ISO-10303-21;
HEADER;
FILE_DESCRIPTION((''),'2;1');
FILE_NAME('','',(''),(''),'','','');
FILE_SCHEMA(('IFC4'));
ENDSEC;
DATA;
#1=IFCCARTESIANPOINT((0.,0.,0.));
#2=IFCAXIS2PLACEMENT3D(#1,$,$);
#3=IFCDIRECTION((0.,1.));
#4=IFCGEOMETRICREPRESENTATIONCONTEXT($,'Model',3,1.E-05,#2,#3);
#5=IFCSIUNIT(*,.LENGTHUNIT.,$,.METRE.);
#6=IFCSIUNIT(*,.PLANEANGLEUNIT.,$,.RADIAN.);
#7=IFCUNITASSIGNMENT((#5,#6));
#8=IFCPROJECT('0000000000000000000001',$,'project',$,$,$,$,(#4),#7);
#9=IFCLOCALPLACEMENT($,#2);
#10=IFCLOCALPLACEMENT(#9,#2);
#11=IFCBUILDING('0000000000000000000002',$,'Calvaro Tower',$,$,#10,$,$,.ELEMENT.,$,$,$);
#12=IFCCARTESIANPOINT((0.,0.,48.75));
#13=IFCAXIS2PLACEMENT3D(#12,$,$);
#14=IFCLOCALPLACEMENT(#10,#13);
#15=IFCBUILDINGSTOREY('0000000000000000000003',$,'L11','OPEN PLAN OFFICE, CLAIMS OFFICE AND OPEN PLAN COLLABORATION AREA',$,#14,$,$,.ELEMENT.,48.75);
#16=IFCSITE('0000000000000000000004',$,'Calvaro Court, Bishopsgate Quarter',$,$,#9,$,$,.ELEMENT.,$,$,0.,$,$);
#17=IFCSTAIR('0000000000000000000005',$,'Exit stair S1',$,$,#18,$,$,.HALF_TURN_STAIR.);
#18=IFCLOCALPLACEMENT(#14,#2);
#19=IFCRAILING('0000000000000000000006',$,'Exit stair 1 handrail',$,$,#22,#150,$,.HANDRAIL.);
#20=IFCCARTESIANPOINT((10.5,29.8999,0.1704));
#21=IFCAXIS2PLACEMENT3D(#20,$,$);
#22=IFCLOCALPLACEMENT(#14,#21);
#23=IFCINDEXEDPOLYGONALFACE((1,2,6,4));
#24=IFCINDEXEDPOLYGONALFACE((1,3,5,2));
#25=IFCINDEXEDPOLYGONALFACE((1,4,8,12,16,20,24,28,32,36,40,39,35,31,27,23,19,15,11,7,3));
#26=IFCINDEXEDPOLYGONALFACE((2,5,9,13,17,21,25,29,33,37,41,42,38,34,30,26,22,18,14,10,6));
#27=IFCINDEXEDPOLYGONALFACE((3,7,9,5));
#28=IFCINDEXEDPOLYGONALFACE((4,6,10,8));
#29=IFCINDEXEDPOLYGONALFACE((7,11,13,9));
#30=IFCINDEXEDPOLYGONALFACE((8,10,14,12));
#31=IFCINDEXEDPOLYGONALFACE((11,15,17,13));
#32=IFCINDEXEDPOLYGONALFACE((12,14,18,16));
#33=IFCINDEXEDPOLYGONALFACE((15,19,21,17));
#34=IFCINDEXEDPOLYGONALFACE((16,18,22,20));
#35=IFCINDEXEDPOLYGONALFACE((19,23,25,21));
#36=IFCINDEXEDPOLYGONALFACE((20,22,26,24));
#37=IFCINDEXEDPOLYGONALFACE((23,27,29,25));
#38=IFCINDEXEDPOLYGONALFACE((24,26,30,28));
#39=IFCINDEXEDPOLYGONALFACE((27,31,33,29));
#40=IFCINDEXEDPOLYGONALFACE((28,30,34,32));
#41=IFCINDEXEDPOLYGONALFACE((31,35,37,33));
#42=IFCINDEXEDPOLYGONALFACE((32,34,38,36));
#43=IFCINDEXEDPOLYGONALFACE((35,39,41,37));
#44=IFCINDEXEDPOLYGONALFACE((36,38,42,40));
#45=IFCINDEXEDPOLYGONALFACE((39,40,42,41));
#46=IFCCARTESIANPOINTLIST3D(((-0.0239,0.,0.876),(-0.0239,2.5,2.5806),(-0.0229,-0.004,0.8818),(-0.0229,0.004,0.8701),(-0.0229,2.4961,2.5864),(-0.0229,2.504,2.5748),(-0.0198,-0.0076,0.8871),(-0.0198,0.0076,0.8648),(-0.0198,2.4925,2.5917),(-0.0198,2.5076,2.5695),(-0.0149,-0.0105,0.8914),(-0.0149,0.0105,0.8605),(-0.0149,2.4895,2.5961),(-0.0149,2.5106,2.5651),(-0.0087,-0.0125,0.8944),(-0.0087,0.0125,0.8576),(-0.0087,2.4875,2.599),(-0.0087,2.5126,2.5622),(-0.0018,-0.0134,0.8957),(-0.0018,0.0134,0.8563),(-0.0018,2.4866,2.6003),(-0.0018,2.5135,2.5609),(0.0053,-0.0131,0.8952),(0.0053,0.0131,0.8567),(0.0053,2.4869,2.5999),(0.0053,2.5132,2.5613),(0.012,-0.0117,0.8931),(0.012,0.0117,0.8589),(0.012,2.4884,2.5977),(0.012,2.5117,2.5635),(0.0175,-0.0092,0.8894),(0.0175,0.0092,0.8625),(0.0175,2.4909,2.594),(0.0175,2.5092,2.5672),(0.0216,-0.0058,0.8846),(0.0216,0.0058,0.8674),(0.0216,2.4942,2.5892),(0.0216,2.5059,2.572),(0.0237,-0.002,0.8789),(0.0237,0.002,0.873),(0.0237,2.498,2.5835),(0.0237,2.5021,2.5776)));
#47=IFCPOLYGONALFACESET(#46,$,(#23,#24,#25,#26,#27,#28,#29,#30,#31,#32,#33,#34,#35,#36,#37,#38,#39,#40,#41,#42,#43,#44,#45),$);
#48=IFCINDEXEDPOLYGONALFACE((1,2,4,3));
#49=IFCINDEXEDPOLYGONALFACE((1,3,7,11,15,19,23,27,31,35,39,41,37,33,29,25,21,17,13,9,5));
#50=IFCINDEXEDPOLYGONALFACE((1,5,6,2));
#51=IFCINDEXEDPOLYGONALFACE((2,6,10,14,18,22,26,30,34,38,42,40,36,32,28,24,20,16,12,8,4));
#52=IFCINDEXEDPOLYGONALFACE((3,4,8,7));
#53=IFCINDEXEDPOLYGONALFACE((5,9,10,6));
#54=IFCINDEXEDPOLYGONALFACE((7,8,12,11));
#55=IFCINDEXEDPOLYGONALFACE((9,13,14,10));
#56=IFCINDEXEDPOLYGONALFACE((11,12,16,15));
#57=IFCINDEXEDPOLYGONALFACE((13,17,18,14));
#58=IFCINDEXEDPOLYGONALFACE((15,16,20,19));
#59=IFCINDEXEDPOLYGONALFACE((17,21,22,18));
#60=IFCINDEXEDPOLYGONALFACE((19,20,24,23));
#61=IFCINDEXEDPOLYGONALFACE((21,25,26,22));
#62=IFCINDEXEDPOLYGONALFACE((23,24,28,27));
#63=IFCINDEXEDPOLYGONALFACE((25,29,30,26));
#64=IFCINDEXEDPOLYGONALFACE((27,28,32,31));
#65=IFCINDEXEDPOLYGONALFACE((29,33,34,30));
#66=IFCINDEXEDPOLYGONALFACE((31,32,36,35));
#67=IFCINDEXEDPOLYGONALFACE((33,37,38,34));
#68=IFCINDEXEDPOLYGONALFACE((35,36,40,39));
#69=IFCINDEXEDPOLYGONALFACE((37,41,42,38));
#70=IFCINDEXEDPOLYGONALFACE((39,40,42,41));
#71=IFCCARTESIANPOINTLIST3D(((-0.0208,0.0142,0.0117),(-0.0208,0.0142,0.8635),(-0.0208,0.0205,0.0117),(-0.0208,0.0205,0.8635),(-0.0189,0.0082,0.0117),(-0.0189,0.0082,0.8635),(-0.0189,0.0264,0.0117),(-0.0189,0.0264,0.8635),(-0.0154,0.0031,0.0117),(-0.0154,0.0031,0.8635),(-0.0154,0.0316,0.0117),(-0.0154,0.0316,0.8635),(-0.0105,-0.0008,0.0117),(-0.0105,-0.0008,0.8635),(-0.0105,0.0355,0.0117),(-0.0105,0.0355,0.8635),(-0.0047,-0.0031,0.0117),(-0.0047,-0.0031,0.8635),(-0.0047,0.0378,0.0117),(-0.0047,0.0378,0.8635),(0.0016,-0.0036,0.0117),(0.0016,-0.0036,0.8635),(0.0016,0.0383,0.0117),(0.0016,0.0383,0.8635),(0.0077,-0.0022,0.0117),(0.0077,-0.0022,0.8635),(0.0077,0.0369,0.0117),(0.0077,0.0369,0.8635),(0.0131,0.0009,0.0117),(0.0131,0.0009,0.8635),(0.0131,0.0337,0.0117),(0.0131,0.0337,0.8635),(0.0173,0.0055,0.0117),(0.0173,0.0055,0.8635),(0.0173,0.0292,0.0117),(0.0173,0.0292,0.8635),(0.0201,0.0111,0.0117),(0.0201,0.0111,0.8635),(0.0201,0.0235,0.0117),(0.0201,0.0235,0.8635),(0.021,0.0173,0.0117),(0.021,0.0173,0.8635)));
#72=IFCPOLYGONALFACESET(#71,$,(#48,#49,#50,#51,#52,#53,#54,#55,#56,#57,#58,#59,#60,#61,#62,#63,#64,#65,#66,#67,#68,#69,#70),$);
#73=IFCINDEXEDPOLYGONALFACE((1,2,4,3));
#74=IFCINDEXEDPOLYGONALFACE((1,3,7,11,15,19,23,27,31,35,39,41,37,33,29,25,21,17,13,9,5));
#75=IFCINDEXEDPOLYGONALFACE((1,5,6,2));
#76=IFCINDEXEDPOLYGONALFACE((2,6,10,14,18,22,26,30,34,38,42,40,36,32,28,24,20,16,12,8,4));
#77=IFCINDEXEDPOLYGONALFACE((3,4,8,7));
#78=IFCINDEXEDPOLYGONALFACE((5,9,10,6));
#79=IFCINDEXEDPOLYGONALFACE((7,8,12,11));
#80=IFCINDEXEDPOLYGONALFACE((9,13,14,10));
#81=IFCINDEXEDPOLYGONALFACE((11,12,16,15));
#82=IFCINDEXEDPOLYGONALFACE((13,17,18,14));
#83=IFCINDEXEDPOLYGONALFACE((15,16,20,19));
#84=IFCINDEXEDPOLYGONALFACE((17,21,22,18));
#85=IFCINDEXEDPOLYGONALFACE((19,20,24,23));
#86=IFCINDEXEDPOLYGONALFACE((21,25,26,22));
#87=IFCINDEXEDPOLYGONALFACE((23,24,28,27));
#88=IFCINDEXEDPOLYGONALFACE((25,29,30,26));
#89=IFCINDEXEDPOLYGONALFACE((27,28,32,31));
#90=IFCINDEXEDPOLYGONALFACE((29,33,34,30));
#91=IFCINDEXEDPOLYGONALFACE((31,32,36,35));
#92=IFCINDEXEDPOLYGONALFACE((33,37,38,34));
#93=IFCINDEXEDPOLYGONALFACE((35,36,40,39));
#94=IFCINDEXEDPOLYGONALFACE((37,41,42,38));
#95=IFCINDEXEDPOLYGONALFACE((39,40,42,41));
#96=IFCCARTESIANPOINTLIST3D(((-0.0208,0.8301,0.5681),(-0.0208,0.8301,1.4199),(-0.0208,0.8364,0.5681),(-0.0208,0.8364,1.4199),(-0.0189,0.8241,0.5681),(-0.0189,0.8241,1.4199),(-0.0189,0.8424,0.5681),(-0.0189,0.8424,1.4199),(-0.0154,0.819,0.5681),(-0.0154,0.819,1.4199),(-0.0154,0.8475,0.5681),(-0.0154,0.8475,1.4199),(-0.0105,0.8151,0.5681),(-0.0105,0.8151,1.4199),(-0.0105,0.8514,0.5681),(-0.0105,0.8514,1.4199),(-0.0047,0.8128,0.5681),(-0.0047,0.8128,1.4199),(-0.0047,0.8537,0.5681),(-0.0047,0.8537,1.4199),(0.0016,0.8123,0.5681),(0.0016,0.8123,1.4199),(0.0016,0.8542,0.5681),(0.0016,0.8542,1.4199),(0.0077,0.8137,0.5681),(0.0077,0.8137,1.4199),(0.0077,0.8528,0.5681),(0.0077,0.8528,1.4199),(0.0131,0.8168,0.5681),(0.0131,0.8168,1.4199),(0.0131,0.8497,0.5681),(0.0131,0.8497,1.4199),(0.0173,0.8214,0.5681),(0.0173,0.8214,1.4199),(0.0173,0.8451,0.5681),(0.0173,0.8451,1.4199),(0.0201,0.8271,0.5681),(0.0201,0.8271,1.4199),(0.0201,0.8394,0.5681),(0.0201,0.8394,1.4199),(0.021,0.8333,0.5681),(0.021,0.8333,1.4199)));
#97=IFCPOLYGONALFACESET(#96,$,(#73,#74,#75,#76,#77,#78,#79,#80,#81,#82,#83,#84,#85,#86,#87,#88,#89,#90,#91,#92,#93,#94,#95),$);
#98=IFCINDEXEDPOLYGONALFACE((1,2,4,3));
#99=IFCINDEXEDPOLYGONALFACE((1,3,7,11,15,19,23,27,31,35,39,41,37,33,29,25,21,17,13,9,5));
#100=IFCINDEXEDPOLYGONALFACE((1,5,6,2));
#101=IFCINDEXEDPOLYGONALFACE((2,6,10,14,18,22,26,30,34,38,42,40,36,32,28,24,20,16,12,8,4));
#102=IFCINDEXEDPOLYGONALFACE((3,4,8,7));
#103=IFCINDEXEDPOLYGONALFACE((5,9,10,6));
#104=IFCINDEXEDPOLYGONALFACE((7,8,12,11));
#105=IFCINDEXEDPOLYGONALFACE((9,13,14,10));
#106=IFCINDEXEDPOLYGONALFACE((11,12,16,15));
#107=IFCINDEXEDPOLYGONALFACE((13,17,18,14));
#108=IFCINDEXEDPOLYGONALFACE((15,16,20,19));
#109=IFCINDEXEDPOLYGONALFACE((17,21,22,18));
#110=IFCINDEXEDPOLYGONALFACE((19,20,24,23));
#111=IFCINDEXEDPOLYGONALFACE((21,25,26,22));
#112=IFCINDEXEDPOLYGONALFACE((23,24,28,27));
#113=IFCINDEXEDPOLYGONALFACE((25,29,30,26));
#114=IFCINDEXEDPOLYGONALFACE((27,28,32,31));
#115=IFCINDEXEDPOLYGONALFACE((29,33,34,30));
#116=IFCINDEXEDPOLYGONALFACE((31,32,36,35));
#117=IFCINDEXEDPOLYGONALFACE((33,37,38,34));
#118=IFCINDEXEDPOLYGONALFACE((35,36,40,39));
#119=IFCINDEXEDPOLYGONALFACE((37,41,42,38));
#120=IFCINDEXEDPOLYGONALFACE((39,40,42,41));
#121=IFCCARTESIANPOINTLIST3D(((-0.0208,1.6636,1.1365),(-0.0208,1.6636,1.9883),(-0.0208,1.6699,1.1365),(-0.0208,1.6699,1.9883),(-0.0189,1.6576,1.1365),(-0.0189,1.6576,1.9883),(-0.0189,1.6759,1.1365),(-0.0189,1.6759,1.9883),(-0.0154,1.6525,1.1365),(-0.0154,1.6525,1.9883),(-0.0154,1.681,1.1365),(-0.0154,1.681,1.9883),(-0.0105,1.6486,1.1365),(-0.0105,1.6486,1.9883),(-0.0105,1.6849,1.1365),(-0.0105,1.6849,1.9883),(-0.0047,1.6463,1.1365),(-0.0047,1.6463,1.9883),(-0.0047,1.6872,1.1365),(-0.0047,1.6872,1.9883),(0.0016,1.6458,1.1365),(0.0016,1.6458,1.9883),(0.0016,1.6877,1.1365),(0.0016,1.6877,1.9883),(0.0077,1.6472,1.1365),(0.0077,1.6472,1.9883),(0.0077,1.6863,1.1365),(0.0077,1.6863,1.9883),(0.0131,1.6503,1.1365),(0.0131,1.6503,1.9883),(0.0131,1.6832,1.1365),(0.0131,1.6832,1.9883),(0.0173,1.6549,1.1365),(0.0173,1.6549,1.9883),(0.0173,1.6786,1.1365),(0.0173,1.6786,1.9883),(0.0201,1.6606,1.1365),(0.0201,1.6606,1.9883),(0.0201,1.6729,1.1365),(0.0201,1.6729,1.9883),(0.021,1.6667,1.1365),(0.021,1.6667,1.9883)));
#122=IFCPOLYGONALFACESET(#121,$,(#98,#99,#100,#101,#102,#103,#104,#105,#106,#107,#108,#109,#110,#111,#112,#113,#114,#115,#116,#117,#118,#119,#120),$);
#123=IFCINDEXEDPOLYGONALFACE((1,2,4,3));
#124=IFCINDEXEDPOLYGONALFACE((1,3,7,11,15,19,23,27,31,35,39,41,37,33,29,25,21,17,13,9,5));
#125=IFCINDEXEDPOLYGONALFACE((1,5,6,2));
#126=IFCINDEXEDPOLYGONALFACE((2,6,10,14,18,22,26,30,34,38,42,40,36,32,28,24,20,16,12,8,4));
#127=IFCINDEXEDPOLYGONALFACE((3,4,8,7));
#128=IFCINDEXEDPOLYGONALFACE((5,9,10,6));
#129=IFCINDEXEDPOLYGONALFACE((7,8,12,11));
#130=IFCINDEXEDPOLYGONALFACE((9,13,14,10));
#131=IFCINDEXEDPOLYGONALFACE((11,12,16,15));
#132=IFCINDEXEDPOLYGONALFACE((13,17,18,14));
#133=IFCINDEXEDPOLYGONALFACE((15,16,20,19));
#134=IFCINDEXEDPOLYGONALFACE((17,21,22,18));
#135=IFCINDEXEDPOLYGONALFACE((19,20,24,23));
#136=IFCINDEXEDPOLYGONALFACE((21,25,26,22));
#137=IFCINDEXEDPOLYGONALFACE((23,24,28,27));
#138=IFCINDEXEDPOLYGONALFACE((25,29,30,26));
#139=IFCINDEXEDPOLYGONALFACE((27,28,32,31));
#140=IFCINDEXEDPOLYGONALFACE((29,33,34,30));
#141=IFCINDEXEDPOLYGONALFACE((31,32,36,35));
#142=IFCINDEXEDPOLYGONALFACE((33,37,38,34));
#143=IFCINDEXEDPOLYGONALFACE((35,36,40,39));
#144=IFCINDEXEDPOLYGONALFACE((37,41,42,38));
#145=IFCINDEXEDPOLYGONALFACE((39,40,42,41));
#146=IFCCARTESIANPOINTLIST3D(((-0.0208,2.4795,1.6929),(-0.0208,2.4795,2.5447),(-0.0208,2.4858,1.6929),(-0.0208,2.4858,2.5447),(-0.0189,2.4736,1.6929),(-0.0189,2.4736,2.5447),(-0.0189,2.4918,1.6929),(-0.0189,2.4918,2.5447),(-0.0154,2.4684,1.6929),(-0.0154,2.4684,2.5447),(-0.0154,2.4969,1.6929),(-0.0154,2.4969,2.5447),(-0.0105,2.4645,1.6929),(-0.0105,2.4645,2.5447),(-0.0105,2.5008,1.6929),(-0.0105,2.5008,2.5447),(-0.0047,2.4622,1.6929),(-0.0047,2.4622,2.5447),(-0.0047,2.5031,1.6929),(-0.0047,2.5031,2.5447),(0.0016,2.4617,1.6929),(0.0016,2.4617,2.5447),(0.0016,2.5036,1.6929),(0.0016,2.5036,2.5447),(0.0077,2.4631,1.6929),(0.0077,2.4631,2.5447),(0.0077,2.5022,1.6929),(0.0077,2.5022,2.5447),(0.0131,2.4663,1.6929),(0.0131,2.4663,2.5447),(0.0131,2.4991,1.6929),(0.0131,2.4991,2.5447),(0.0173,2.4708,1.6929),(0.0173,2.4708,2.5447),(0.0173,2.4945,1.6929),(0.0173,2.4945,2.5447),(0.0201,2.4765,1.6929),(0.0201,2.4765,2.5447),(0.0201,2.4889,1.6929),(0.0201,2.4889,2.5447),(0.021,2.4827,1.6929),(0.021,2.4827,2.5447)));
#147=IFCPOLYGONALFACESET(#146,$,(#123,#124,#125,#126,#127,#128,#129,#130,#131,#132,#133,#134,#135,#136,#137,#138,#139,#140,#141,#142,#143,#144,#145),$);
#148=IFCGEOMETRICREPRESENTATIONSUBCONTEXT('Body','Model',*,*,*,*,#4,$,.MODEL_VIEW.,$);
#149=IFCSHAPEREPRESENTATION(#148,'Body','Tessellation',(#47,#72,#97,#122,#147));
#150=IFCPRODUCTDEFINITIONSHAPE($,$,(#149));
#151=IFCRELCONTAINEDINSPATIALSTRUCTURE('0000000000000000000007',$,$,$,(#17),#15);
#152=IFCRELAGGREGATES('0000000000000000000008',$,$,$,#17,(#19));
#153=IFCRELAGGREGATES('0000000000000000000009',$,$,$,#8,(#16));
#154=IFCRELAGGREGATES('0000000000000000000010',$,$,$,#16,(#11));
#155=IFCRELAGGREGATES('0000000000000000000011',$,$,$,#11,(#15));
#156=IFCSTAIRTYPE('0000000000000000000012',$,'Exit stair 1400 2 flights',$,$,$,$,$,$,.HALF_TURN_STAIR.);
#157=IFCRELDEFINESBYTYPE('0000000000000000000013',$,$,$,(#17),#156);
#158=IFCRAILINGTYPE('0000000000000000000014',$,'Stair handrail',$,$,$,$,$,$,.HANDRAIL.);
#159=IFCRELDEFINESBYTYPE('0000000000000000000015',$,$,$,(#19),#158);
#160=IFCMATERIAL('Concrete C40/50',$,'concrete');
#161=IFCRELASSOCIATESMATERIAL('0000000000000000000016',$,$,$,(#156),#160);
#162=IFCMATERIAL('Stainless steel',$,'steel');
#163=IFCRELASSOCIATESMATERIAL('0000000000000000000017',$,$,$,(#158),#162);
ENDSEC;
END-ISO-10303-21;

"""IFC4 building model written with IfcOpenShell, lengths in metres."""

from ifc_helpers import new_model, si_unit, direction, frame, origin, origin_2d, place, context, subcontext, project, spatial, circle, extrude, material, type_object, element, aggregate, save


model = new_model("IFC4")

# Units and contexts
model_context = context("Model", 3, precision=1e-05, world=origin(), true_north=direction((0.0, 1.0)))
body_context = subcontext(model_context, "Body", "Model", "MODEL_VIEW")
ifc_project = project(units=[si_unit("LENGTHUNIT", "METRE"), si_unit("PLANEANGLEUNIT", "RADIAN")], contexts=[model_context])

# Site, building, storey
site_placement = place(None, origin())
site = spatial("IfcSite", under=ifc_project, at=site_placement, Name="Calvaro Court, Bishopsgate Quarter", CompositionType="ELEMENT", RefElevation=0.0)
building_placement = place(site_placement, origin())
building = spatial("IfcBuilding", under=site, at=building_placement, Name="Calvaro Tower", CompositionType="ELEMENT")
storey_placement = place(building_placement, frame((0.0, 0.0, 48.75)))
storey = spatial("IfcBuildingStorey", under=building, at=storey_placement, Name="L11", Description="OPEN PLAN OFFICE, CLAIMS OFFICE AND OPEN PLAN COLLABORATION AREA", CompositionType="ELEMENT", Elevation=48.75)

# Stair, railing
ifc_material_1 = material(Name="Concrete C40/50", Category="concrete")
stair_type = type_object("IfcStairType", Name="Exit stair 1400 2 flights", PredefinedType="HALF_TURN_STAIR", material=ifc_material_1)
stair_placement = place(storey_placement, origin())
stair = element("IfcStair", 1, at=stair_placement, inside=storey, type_object=stair_type, Name="Exit stair S1", PredefinedType="HALF_TURN_STAIR")
ifc_material_2 = material(Name="Stainless steel", Category="steel")
railing_type = type_object("IfcRailingType", Name="Stair handrail", PredefinedType="HANDRAIL", material=ifc_material_2)
railing_1_placement = place(storey_placement, frame((10.5, 29.8999, 0.1704)))
railing_1 = element("IfcRailing", 2, at=railing_1_placement, type_object=railing_type, Name="Exit stair 1 handrail", PredefinedType="HANDRAIL", context=body_context, shape_type="SweptSolid", body=[
    extrude(circle(Radius=0.0239, at=origin_2d()), frame((0.0, 0.0, 0.876), z_axis=(0.0, 0.826221, 0.563347), x_axis=(-1.0, 0.0, 0.0)), (0.0, 0.0, 1.0), 3.0259),
    extrude(circle(Radius=0.021, at=origin_2d()), frame((0.0, 0.0173, 0.0117)), (0.0, 0.0, 1.0), 0.8518),
    extrude(circle(Radius=0.021, at=origin_2d()), frame((0.0, 0.8333, 0.5681)), (0.0, 0.0, 1.0), 0.8518),
    extrude(circle(Radius=0.021, at=origin_2d()), frame((0.0, 1.6667, 1.1365)), (0.0, 0.0, 1.0), 0.8518),
    extrude(circle(Radius=0.021, at=origin_2d()), frame((0.0, 2.4827, 1.6929)), (0.0, 0.0, 1.0), 0.8518),
])
aggregate(stair, [railing_1])

save(model, "model.ifc")
